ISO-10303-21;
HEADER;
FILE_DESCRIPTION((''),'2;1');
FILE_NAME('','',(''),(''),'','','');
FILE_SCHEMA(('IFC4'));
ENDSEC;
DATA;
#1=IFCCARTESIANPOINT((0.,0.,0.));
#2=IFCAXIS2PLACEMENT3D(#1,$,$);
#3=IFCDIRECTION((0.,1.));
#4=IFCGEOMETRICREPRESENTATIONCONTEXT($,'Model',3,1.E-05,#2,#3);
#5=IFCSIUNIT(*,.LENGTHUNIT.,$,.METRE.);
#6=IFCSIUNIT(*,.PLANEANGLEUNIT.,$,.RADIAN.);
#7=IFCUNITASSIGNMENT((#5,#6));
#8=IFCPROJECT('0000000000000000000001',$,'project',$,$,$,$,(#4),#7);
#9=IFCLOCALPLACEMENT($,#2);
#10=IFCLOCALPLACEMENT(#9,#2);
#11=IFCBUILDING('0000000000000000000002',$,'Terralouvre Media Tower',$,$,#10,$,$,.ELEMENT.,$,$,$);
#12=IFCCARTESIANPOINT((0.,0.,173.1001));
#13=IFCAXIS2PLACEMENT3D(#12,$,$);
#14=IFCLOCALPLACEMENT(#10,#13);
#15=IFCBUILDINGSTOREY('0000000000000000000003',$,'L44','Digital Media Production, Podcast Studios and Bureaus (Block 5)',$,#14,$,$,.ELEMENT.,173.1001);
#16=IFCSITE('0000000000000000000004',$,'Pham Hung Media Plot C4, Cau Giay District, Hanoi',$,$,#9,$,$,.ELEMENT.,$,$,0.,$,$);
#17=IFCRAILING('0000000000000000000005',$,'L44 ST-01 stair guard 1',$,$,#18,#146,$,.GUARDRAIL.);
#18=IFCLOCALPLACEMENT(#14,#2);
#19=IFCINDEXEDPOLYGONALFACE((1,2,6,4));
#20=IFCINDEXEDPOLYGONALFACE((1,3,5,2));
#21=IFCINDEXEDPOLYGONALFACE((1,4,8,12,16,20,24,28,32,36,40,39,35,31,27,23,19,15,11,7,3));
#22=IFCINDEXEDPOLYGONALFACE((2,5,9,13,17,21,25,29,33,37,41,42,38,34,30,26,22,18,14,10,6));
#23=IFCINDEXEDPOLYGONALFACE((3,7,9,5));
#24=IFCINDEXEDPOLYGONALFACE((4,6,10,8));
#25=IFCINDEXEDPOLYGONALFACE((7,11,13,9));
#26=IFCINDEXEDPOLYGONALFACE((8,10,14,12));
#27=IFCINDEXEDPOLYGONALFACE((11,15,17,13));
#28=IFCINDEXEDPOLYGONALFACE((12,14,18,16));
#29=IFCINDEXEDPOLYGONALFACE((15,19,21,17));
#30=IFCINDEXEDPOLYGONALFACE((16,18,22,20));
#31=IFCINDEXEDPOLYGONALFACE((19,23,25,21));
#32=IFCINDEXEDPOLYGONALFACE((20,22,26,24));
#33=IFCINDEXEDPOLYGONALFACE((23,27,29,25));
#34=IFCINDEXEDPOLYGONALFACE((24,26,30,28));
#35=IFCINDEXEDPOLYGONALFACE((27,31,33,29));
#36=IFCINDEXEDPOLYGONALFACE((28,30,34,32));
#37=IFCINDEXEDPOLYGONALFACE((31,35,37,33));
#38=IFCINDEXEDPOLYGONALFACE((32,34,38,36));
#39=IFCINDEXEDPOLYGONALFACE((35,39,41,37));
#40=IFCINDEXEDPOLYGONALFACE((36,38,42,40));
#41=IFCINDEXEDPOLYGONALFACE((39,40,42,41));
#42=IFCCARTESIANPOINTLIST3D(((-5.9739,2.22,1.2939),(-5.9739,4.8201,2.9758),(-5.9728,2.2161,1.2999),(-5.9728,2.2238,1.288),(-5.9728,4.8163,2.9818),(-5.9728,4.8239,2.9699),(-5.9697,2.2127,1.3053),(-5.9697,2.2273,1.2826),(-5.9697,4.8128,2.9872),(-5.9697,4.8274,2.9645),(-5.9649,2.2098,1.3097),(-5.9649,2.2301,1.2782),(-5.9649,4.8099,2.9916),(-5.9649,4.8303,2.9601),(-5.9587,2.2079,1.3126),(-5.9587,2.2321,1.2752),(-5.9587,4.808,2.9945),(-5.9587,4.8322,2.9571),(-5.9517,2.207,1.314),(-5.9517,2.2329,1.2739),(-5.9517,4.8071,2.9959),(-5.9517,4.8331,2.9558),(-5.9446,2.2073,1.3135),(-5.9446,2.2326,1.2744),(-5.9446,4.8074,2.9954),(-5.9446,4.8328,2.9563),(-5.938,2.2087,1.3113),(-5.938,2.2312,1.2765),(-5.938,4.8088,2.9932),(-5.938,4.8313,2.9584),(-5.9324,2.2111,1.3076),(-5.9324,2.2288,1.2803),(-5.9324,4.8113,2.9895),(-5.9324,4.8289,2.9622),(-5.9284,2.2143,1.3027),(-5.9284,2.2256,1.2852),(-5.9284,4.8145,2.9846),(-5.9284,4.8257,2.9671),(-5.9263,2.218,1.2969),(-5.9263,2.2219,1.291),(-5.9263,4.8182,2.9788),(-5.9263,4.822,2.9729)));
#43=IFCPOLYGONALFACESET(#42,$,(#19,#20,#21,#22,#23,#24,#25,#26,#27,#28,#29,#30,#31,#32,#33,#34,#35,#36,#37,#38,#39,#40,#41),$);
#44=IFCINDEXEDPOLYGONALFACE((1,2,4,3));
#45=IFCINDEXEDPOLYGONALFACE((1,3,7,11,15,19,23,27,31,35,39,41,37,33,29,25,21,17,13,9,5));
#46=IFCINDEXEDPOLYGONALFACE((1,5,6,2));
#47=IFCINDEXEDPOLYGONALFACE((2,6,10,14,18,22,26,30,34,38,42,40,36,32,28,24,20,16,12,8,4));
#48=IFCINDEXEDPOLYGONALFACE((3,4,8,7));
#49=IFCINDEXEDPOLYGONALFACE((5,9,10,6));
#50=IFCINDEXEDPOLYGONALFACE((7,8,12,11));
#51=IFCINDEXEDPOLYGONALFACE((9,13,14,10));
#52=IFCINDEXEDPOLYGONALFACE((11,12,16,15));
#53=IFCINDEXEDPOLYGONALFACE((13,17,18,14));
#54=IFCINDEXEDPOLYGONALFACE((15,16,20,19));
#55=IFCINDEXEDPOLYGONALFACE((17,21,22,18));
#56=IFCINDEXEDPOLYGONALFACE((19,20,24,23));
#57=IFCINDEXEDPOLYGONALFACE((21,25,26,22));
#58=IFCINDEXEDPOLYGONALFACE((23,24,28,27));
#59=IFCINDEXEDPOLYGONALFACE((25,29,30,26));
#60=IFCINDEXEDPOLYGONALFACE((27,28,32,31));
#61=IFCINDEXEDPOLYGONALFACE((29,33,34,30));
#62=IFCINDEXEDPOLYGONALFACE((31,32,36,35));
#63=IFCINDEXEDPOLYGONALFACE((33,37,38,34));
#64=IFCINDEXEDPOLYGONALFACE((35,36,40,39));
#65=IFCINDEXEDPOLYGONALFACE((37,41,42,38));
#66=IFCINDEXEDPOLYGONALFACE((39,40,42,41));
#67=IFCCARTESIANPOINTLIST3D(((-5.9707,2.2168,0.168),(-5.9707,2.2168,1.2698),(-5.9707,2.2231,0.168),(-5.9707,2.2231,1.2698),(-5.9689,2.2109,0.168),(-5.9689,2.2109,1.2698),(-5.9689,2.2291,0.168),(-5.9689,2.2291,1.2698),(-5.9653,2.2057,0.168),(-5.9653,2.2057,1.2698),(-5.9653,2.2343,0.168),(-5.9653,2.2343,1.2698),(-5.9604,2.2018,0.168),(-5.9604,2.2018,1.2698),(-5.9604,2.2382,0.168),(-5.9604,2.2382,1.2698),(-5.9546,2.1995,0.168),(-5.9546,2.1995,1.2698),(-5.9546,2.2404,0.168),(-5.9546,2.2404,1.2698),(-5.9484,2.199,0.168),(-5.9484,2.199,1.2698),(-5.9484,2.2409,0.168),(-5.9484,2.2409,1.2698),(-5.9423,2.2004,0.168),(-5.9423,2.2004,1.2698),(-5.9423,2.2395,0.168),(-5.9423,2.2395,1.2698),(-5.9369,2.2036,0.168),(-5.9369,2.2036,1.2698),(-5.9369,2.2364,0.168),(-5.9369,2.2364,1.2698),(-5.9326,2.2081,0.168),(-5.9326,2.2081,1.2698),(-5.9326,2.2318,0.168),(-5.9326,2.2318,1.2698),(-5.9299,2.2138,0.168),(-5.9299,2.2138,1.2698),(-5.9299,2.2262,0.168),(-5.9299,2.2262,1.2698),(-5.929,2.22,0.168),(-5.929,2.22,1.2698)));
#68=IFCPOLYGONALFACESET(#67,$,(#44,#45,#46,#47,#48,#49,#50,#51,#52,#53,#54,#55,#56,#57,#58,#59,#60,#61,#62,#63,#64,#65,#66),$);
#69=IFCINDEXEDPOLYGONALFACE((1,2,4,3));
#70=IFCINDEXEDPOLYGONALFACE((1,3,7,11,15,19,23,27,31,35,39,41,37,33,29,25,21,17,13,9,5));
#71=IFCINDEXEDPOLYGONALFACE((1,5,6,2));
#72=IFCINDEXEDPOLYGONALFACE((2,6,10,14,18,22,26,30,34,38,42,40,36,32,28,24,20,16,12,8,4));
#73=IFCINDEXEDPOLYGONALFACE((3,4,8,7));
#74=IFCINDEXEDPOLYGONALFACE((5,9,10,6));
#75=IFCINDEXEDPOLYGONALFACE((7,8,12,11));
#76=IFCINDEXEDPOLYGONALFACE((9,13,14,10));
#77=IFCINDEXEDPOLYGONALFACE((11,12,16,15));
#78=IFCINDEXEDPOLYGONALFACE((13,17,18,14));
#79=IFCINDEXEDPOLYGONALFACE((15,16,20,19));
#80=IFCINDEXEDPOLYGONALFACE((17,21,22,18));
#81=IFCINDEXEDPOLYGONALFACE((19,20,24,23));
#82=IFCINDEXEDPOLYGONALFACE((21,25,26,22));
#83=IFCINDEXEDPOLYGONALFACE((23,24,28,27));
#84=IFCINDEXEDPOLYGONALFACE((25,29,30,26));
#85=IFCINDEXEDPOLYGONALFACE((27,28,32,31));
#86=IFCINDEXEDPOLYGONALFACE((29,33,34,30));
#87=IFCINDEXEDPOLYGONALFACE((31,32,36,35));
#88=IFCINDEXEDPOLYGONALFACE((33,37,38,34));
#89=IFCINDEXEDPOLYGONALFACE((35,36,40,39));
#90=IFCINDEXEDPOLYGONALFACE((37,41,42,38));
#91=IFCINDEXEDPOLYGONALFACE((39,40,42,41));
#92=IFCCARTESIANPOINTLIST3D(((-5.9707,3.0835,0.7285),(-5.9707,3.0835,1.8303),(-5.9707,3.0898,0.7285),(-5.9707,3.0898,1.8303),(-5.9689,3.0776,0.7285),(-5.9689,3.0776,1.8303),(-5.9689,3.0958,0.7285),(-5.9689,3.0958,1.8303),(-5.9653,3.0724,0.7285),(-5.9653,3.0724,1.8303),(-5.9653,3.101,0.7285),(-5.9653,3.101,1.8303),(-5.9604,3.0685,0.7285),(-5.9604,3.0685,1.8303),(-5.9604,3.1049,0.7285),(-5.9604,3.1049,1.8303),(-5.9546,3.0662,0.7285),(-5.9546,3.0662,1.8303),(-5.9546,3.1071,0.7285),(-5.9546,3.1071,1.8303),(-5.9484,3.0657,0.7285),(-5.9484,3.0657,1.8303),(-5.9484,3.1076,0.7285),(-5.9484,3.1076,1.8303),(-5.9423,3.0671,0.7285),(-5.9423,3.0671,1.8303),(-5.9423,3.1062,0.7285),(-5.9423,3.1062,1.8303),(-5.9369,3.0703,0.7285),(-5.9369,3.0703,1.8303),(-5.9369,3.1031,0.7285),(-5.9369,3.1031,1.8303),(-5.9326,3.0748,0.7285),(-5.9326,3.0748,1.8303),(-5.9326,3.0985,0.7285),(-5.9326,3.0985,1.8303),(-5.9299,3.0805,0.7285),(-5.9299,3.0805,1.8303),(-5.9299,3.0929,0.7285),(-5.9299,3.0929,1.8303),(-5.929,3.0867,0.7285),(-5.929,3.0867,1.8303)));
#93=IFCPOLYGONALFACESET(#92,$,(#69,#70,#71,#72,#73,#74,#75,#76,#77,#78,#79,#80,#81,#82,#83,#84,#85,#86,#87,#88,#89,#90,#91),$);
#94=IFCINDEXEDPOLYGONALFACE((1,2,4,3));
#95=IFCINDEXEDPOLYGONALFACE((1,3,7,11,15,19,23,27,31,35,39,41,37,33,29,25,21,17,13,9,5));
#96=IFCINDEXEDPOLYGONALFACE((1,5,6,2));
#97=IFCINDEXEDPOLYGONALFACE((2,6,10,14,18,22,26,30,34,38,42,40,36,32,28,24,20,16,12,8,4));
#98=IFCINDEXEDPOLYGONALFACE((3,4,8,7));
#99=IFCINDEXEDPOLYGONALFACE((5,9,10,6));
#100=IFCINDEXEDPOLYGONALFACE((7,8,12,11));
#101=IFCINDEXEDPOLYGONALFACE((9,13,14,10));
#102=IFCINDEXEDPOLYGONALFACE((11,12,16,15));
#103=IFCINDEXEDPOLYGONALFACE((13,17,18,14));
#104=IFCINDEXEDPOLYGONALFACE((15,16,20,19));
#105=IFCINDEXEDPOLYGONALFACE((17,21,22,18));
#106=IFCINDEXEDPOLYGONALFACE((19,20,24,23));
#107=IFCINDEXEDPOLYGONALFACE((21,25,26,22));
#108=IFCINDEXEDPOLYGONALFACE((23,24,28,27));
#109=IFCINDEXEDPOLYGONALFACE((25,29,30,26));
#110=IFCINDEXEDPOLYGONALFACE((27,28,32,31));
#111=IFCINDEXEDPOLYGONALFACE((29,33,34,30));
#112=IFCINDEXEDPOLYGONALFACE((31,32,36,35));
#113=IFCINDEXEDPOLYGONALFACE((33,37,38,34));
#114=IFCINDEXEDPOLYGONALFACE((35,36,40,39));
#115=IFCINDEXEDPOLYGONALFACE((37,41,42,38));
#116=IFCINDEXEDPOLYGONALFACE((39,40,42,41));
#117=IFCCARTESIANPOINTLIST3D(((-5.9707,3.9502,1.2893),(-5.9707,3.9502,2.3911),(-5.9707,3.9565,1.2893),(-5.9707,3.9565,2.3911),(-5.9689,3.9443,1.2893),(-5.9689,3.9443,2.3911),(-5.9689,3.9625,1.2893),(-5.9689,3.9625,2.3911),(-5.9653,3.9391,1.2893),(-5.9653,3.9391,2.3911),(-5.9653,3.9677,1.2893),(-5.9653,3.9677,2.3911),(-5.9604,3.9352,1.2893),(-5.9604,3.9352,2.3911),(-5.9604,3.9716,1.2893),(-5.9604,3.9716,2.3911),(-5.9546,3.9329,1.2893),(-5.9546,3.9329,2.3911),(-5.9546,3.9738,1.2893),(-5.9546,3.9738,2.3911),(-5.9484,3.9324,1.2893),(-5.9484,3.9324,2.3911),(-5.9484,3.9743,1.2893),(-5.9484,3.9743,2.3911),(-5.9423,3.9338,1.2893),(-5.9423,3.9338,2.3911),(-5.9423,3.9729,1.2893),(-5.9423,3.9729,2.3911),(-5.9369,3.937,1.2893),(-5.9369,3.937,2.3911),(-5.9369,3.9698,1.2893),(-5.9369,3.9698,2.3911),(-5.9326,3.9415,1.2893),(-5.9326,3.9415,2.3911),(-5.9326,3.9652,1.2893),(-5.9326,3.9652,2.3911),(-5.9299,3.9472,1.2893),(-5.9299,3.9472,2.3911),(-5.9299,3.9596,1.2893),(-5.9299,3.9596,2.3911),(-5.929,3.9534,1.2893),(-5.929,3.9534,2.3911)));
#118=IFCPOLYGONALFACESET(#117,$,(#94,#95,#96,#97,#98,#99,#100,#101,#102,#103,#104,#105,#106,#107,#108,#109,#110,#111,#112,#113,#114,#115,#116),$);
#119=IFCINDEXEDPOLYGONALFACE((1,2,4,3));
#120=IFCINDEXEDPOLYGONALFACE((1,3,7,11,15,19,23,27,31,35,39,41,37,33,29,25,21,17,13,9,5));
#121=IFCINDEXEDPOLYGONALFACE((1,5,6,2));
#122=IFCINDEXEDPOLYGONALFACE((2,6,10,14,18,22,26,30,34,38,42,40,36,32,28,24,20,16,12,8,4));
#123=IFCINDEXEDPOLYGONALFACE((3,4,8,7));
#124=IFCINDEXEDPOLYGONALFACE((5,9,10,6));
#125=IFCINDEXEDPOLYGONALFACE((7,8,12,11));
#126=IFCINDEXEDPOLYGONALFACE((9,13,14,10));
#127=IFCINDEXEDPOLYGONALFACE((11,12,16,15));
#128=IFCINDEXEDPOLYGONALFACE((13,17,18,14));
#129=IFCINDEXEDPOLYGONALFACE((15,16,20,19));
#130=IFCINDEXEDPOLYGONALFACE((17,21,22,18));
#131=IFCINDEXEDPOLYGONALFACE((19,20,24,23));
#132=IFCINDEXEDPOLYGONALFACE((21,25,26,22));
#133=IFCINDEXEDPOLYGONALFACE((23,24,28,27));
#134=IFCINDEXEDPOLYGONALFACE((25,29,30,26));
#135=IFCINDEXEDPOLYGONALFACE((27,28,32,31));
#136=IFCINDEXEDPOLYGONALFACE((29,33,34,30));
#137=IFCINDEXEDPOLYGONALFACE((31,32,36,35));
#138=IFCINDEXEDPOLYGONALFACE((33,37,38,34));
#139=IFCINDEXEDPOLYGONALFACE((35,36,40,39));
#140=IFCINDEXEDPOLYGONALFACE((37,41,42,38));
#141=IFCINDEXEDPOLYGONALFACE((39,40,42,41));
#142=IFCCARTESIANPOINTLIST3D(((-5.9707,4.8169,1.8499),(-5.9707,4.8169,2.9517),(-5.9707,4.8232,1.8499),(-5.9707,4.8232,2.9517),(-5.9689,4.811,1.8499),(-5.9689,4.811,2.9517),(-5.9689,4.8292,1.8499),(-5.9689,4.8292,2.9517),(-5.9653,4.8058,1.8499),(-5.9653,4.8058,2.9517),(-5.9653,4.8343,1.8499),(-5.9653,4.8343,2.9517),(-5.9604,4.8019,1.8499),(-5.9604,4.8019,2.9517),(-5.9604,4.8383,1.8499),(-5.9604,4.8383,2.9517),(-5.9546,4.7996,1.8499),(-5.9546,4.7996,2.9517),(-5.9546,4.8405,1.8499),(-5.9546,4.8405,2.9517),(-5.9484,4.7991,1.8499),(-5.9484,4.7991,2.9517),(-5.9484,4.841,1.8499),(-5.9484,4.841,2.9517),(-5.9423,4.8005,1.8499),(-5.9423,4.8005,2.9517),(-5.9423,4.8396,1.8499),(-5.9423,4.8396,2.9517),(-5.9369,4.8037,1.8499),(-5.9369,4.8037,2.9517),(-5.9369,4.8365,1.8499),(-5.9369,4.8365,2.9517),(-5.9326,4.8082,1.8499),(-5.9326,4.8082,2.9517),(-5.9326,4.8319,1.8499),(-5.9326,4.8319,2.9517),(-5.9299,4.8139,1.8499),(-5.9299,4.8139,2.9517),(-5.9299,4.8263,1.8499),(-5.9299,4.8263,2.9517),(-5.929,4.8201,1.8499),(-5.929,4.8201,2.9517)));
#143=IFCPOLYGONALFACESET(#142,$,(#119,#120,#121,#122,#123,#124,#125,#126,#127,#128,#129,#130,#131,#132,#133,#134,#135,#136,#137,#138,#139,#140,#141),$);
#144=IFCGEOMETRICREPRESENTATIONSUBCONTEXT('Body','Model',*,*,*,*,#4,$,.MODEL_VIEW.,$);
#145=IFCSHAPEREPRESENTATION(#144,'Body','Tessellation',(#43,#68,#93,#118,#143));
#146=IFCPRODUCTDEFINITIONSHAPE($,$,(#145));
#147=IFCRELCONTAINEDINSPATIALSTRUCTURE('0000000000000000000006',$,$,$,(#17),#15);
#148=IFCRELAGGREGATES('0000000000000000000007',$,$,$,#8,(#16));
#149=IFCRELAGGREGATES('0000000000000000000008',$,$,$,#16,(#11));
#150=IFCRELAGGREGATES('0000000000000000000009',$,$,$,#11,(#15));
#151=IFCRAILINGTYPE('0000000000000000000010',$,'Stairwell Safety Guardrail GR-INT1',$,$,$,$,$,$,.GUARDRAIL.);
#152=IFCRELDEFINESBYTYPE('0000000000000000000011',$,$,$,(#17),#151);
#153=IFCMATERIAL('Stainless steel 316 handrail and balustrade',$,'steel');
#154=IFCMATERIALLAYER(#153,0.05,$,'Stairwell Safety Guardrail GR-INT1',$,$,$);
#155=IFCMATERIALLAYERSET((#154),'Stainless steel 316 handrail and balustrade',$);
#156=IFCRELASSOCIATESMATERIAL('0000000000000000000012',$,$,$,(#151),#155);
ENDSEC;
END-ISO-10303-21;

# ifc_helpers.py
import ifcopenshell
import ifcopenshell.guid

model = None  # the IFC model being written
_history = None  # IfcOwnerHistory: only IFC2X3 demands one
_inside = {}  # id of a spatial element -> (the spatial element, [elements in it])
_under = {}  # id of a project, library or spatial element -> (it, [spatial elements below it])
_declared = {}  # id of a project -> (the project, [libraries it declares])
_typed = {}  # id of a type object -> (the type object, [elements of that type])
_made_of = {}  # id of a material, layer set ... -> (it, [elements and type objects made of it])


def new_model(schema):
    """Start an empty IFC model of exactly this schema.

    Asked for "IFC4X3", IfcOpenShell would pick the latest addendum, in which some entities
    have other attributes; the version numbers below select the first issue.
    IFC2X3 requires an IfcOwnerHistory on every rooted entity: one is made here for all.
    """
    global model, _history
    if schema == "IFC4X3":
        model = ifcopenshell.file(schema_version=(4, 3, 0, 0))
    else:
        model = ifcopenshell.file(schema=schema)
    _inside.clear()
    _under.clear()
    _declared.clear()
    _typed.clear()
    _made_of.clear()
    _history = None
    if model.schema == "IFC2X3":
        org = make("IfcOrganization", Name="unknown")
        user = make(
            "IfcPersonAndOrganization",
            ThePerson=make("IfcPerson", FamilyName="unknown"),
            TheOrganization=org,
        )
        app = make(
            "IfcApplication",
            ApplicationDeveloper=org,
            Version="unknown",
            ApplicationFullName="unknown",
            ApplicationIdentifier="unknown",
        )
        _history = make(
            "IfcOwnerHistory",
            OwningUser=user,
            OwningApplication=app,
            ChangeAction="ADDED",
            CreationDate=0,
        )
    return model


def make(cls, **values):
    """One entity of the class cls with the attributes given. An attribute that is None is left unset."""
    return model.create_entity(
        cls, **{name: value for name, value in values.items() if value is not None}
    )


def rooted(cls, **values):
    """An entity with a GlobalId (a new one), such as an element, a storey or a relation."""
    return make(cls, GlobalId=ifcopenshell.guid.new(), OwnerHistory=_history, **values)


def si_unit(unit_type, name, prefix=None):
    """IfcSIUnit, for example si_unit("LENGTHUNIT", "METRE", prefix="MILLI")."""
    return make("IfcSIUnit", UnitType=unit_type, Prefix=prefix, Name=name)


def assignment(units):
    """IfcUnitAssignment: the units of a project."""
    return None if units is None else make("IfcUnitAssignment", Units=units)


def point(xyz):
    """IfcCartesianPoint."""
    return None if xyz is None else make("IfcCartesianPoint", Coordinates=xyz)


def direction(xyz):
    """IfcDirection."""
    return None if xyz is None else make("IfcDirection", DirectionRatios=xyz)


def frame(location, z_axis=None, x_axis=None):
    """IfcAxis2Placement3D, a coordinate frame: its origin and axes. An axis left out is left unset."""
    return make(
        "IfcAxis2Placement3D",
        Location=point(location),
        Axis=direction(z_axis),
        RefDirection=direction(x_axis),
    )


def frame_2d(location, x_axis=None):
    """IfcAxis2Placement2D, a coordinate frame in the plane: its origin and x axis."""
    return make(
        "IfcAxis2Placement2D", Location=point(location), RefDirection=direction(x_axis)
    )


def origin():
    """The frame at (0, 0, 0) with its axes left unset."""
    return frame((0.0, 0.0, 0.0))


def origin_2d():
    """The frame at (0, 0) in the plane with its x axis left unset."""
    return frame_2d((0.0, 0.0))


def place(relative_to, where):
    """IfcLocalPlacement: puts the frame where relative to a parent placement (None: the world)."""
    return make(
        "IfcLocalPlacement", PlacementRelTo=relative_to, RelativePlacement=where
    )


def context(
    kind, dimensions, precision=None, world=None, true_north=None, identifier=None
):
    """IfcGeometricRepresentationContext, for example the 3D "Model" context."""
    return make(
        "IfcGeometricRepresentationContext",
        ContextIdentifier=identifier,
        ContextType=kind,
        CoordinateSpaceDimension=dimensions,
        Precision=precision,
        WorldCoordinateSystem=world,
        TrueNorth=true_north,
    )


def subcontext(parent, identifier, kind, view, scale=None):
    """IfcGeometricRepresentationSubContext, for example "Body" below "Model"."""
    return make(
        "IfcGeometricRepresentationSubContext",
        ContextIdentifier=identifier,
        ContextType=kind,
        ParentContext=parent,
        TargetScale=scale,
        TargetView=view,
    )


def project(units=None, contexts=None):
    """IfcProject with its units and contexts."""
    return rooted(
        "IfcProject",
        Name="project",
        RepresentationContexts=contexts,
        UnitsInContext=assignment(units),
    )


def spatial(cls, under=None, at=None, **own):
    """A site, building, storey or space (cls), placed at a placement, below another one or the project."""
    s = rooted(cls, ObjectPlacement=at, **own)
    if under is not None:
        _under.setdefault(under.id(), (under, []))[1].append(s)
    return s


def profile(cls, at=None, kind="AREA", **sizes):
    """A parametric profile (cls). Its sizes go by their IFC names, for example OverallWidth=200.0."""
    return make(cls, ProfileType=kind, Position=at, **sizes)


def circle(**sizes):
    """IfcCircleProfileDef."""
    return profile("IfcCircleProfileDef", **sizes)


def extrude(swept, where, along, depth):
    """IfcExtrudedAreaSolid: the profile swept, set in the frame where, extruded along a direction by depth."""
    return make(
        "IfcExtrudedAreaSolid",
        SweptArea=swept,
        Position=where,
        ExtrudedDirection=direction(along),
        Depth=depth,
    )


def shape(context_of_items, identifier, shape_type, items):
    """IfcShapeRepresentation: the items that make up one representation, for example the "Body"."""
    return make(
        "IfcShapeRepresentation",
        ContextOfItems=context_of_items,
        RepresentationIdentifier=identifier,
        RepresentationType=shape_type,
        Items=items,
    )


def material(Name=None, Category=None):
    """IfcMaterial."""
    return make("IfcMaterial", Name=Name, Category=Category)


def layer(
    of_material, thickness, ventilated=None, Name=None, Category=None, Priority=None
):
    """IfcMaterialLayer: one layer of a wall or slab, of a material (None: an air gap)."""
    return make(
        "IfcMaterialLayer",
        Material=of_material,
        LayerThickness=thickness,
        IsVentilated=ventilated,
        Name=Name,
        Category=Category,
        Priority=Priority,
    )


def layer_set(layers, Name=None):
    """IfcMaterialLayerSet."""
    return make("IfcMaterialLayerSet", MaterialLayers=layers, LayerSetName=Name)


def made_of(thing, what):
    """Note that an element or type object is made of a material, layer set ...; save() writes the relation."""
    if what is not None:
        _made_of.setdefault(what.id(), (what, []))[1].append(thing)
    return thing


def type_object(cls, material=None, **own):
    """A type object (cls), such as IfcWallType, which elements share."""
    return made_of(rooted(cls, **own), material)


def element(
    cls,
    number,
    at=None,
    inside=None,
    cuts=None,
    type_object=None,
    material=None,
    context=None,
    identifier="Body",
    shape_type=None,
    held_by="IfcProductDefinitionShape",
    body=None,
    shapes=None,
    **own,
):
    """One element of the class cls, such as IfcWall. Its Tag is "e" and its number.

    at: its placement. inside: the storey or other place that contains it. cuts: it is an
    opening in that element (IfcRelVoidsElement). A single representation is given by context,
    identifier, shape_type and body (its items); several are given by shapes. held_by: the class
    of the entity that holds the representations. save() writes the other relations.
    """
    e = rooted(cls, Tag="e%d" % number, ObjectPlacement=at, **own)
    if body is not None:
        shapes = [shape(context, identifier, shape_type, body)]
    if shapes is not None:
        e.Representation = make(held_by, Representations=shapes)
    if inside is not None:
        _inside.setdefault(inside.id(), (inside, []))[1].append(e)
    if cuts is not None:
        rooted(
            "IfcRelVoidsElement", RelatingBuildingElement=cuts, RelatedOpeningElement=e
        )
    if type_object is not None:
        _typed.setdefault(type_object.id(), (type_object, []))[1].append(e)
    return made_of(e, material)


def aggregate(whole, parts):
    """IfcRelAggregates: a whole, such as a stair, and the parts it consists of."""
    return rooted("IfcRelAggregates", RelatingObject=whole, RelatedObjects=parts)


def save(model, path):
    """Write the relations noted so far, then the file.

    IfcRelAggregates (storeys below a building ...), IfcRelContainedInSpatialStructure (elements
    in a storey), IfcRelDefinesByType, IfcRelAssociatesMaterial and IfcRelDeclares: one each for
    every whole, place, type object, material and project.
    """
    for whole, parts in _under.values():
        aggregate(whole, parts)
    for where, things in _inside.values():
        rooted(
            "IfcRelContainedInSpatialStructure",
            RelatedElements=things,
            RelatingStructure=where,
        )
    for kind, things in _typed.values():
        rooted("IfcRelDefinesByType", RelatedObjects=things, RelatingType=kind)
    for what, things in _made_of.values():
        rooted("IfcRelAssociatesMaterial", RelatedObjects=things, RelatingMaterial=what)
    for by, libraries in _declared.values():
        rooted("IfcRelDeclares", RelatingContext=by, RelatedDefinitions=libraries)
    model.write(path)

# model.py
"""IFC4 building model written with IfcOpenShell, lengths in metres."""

from ifc_helpers import new_model, si_unit, direction, frame, origin, origin_2d, place, context, subcontext, project, spatial, circle, extrude, material, layer, layer_set, type_object, element, save


model = new_model("IFC4")

# Units and contexts
model_context = context("Model", 3, precision=1e-05, world=origin(), true_north=direction((0.0, 1.0)))
body_context = subcontext(model_context, "Body", "Model", "MODEL_VIEW")
ifc_project = project(units=[si_unit("LENGTHUNIT", "METRE"), si_unit("PLANEANGLEUNIT", "RADIAN")], contexts=[model_context])

# Site, building, storey
site_placement = place(None, origin())
site = spatial("IfcSite", under=ifc_project, at=site_placement, Name="Pham Hung Media Plot C4, Cau Giay District, Hanoi", CompositionType="ELEMENT", RefElevation=0.0)
building_placement = place(site_placement, origin())
building = spatial("IfcBuilding", under=site, at=building_placement, Name="Terralouvre Media Tower", CompositionType="ELEMENT")
storey_placement = place(building_placement, frame((0.0, 0.0, 173.1001)))
storey = spatial("IfcBuildingStorey", under=building, at=storey_placement, Name="L44", Description="Digital Media Production, Podcast Studios and Bureaus (Block 5)", CompositionType="ELEMENT", Elevation=173.1001)

# Railing
ifc_material_1 = material(Name="Stainless steel 316 handrail and balustrade", Category="steel")
ifc_layer_1 = layer(ifc_material_1, 0.05, Name="Stairwell Safety Guardrail GR-INT1")
ifc_layer_set_1 = layer_set([ifc_layer_1], Name="Stainless steel 316 handrail and balustrade")
railing_type_1 = type_object("IfcRailingType", Name="Stairwell Safety Guardrail GR-INT1", PredefinedType="GUARDRAIL", material=ifc_layer_set_1)
railing_1_placement = place(storey_placement, frame((-5.95, 2.22, 0.168)))
element("IfcRailing", 1, at=railing_1_placement, inside=storey, type_object=railing_type_1, Name="L44 ST-01 stair guard 1", PredefinedType="GUARDRAIL", context=body_context, shape_type="SweptSolid", body=[
    extrude(circle(Radius=0.0239, at=origin_2d()), frame((0.0, 0.0, 1.126), z_axis=(0.0, 0.839648, 0.54313), x_axis=(-1.0, 0.0, 0.0)), (0.0, 0.0, 1.0), 3.0967),
    extrude(circle(Radius=0.021, at=origin_2d()), origin(), (0.0, 0.0, 1.0), 1.1018),
    extrude(circle(Radius=0.021, at=origin_2d()), frame((0.0, 0.8667, 0.5605)), (0.0, 0.0, 1.0), 1.1018),
    extrude(circle(Radius=0.021, at=origin_2d()), frame((0.0, 1.7334, 1.1213)), (0.0, 0.0, 1.0), 1.1018),
    extrude(circle(Radius=0.021, at=origin_2d()), frame((0.0, 2.6001, 1.6819)), (0.0, 0.0, 1.0), 1.1018),
])

save(model, "model.ifc")
